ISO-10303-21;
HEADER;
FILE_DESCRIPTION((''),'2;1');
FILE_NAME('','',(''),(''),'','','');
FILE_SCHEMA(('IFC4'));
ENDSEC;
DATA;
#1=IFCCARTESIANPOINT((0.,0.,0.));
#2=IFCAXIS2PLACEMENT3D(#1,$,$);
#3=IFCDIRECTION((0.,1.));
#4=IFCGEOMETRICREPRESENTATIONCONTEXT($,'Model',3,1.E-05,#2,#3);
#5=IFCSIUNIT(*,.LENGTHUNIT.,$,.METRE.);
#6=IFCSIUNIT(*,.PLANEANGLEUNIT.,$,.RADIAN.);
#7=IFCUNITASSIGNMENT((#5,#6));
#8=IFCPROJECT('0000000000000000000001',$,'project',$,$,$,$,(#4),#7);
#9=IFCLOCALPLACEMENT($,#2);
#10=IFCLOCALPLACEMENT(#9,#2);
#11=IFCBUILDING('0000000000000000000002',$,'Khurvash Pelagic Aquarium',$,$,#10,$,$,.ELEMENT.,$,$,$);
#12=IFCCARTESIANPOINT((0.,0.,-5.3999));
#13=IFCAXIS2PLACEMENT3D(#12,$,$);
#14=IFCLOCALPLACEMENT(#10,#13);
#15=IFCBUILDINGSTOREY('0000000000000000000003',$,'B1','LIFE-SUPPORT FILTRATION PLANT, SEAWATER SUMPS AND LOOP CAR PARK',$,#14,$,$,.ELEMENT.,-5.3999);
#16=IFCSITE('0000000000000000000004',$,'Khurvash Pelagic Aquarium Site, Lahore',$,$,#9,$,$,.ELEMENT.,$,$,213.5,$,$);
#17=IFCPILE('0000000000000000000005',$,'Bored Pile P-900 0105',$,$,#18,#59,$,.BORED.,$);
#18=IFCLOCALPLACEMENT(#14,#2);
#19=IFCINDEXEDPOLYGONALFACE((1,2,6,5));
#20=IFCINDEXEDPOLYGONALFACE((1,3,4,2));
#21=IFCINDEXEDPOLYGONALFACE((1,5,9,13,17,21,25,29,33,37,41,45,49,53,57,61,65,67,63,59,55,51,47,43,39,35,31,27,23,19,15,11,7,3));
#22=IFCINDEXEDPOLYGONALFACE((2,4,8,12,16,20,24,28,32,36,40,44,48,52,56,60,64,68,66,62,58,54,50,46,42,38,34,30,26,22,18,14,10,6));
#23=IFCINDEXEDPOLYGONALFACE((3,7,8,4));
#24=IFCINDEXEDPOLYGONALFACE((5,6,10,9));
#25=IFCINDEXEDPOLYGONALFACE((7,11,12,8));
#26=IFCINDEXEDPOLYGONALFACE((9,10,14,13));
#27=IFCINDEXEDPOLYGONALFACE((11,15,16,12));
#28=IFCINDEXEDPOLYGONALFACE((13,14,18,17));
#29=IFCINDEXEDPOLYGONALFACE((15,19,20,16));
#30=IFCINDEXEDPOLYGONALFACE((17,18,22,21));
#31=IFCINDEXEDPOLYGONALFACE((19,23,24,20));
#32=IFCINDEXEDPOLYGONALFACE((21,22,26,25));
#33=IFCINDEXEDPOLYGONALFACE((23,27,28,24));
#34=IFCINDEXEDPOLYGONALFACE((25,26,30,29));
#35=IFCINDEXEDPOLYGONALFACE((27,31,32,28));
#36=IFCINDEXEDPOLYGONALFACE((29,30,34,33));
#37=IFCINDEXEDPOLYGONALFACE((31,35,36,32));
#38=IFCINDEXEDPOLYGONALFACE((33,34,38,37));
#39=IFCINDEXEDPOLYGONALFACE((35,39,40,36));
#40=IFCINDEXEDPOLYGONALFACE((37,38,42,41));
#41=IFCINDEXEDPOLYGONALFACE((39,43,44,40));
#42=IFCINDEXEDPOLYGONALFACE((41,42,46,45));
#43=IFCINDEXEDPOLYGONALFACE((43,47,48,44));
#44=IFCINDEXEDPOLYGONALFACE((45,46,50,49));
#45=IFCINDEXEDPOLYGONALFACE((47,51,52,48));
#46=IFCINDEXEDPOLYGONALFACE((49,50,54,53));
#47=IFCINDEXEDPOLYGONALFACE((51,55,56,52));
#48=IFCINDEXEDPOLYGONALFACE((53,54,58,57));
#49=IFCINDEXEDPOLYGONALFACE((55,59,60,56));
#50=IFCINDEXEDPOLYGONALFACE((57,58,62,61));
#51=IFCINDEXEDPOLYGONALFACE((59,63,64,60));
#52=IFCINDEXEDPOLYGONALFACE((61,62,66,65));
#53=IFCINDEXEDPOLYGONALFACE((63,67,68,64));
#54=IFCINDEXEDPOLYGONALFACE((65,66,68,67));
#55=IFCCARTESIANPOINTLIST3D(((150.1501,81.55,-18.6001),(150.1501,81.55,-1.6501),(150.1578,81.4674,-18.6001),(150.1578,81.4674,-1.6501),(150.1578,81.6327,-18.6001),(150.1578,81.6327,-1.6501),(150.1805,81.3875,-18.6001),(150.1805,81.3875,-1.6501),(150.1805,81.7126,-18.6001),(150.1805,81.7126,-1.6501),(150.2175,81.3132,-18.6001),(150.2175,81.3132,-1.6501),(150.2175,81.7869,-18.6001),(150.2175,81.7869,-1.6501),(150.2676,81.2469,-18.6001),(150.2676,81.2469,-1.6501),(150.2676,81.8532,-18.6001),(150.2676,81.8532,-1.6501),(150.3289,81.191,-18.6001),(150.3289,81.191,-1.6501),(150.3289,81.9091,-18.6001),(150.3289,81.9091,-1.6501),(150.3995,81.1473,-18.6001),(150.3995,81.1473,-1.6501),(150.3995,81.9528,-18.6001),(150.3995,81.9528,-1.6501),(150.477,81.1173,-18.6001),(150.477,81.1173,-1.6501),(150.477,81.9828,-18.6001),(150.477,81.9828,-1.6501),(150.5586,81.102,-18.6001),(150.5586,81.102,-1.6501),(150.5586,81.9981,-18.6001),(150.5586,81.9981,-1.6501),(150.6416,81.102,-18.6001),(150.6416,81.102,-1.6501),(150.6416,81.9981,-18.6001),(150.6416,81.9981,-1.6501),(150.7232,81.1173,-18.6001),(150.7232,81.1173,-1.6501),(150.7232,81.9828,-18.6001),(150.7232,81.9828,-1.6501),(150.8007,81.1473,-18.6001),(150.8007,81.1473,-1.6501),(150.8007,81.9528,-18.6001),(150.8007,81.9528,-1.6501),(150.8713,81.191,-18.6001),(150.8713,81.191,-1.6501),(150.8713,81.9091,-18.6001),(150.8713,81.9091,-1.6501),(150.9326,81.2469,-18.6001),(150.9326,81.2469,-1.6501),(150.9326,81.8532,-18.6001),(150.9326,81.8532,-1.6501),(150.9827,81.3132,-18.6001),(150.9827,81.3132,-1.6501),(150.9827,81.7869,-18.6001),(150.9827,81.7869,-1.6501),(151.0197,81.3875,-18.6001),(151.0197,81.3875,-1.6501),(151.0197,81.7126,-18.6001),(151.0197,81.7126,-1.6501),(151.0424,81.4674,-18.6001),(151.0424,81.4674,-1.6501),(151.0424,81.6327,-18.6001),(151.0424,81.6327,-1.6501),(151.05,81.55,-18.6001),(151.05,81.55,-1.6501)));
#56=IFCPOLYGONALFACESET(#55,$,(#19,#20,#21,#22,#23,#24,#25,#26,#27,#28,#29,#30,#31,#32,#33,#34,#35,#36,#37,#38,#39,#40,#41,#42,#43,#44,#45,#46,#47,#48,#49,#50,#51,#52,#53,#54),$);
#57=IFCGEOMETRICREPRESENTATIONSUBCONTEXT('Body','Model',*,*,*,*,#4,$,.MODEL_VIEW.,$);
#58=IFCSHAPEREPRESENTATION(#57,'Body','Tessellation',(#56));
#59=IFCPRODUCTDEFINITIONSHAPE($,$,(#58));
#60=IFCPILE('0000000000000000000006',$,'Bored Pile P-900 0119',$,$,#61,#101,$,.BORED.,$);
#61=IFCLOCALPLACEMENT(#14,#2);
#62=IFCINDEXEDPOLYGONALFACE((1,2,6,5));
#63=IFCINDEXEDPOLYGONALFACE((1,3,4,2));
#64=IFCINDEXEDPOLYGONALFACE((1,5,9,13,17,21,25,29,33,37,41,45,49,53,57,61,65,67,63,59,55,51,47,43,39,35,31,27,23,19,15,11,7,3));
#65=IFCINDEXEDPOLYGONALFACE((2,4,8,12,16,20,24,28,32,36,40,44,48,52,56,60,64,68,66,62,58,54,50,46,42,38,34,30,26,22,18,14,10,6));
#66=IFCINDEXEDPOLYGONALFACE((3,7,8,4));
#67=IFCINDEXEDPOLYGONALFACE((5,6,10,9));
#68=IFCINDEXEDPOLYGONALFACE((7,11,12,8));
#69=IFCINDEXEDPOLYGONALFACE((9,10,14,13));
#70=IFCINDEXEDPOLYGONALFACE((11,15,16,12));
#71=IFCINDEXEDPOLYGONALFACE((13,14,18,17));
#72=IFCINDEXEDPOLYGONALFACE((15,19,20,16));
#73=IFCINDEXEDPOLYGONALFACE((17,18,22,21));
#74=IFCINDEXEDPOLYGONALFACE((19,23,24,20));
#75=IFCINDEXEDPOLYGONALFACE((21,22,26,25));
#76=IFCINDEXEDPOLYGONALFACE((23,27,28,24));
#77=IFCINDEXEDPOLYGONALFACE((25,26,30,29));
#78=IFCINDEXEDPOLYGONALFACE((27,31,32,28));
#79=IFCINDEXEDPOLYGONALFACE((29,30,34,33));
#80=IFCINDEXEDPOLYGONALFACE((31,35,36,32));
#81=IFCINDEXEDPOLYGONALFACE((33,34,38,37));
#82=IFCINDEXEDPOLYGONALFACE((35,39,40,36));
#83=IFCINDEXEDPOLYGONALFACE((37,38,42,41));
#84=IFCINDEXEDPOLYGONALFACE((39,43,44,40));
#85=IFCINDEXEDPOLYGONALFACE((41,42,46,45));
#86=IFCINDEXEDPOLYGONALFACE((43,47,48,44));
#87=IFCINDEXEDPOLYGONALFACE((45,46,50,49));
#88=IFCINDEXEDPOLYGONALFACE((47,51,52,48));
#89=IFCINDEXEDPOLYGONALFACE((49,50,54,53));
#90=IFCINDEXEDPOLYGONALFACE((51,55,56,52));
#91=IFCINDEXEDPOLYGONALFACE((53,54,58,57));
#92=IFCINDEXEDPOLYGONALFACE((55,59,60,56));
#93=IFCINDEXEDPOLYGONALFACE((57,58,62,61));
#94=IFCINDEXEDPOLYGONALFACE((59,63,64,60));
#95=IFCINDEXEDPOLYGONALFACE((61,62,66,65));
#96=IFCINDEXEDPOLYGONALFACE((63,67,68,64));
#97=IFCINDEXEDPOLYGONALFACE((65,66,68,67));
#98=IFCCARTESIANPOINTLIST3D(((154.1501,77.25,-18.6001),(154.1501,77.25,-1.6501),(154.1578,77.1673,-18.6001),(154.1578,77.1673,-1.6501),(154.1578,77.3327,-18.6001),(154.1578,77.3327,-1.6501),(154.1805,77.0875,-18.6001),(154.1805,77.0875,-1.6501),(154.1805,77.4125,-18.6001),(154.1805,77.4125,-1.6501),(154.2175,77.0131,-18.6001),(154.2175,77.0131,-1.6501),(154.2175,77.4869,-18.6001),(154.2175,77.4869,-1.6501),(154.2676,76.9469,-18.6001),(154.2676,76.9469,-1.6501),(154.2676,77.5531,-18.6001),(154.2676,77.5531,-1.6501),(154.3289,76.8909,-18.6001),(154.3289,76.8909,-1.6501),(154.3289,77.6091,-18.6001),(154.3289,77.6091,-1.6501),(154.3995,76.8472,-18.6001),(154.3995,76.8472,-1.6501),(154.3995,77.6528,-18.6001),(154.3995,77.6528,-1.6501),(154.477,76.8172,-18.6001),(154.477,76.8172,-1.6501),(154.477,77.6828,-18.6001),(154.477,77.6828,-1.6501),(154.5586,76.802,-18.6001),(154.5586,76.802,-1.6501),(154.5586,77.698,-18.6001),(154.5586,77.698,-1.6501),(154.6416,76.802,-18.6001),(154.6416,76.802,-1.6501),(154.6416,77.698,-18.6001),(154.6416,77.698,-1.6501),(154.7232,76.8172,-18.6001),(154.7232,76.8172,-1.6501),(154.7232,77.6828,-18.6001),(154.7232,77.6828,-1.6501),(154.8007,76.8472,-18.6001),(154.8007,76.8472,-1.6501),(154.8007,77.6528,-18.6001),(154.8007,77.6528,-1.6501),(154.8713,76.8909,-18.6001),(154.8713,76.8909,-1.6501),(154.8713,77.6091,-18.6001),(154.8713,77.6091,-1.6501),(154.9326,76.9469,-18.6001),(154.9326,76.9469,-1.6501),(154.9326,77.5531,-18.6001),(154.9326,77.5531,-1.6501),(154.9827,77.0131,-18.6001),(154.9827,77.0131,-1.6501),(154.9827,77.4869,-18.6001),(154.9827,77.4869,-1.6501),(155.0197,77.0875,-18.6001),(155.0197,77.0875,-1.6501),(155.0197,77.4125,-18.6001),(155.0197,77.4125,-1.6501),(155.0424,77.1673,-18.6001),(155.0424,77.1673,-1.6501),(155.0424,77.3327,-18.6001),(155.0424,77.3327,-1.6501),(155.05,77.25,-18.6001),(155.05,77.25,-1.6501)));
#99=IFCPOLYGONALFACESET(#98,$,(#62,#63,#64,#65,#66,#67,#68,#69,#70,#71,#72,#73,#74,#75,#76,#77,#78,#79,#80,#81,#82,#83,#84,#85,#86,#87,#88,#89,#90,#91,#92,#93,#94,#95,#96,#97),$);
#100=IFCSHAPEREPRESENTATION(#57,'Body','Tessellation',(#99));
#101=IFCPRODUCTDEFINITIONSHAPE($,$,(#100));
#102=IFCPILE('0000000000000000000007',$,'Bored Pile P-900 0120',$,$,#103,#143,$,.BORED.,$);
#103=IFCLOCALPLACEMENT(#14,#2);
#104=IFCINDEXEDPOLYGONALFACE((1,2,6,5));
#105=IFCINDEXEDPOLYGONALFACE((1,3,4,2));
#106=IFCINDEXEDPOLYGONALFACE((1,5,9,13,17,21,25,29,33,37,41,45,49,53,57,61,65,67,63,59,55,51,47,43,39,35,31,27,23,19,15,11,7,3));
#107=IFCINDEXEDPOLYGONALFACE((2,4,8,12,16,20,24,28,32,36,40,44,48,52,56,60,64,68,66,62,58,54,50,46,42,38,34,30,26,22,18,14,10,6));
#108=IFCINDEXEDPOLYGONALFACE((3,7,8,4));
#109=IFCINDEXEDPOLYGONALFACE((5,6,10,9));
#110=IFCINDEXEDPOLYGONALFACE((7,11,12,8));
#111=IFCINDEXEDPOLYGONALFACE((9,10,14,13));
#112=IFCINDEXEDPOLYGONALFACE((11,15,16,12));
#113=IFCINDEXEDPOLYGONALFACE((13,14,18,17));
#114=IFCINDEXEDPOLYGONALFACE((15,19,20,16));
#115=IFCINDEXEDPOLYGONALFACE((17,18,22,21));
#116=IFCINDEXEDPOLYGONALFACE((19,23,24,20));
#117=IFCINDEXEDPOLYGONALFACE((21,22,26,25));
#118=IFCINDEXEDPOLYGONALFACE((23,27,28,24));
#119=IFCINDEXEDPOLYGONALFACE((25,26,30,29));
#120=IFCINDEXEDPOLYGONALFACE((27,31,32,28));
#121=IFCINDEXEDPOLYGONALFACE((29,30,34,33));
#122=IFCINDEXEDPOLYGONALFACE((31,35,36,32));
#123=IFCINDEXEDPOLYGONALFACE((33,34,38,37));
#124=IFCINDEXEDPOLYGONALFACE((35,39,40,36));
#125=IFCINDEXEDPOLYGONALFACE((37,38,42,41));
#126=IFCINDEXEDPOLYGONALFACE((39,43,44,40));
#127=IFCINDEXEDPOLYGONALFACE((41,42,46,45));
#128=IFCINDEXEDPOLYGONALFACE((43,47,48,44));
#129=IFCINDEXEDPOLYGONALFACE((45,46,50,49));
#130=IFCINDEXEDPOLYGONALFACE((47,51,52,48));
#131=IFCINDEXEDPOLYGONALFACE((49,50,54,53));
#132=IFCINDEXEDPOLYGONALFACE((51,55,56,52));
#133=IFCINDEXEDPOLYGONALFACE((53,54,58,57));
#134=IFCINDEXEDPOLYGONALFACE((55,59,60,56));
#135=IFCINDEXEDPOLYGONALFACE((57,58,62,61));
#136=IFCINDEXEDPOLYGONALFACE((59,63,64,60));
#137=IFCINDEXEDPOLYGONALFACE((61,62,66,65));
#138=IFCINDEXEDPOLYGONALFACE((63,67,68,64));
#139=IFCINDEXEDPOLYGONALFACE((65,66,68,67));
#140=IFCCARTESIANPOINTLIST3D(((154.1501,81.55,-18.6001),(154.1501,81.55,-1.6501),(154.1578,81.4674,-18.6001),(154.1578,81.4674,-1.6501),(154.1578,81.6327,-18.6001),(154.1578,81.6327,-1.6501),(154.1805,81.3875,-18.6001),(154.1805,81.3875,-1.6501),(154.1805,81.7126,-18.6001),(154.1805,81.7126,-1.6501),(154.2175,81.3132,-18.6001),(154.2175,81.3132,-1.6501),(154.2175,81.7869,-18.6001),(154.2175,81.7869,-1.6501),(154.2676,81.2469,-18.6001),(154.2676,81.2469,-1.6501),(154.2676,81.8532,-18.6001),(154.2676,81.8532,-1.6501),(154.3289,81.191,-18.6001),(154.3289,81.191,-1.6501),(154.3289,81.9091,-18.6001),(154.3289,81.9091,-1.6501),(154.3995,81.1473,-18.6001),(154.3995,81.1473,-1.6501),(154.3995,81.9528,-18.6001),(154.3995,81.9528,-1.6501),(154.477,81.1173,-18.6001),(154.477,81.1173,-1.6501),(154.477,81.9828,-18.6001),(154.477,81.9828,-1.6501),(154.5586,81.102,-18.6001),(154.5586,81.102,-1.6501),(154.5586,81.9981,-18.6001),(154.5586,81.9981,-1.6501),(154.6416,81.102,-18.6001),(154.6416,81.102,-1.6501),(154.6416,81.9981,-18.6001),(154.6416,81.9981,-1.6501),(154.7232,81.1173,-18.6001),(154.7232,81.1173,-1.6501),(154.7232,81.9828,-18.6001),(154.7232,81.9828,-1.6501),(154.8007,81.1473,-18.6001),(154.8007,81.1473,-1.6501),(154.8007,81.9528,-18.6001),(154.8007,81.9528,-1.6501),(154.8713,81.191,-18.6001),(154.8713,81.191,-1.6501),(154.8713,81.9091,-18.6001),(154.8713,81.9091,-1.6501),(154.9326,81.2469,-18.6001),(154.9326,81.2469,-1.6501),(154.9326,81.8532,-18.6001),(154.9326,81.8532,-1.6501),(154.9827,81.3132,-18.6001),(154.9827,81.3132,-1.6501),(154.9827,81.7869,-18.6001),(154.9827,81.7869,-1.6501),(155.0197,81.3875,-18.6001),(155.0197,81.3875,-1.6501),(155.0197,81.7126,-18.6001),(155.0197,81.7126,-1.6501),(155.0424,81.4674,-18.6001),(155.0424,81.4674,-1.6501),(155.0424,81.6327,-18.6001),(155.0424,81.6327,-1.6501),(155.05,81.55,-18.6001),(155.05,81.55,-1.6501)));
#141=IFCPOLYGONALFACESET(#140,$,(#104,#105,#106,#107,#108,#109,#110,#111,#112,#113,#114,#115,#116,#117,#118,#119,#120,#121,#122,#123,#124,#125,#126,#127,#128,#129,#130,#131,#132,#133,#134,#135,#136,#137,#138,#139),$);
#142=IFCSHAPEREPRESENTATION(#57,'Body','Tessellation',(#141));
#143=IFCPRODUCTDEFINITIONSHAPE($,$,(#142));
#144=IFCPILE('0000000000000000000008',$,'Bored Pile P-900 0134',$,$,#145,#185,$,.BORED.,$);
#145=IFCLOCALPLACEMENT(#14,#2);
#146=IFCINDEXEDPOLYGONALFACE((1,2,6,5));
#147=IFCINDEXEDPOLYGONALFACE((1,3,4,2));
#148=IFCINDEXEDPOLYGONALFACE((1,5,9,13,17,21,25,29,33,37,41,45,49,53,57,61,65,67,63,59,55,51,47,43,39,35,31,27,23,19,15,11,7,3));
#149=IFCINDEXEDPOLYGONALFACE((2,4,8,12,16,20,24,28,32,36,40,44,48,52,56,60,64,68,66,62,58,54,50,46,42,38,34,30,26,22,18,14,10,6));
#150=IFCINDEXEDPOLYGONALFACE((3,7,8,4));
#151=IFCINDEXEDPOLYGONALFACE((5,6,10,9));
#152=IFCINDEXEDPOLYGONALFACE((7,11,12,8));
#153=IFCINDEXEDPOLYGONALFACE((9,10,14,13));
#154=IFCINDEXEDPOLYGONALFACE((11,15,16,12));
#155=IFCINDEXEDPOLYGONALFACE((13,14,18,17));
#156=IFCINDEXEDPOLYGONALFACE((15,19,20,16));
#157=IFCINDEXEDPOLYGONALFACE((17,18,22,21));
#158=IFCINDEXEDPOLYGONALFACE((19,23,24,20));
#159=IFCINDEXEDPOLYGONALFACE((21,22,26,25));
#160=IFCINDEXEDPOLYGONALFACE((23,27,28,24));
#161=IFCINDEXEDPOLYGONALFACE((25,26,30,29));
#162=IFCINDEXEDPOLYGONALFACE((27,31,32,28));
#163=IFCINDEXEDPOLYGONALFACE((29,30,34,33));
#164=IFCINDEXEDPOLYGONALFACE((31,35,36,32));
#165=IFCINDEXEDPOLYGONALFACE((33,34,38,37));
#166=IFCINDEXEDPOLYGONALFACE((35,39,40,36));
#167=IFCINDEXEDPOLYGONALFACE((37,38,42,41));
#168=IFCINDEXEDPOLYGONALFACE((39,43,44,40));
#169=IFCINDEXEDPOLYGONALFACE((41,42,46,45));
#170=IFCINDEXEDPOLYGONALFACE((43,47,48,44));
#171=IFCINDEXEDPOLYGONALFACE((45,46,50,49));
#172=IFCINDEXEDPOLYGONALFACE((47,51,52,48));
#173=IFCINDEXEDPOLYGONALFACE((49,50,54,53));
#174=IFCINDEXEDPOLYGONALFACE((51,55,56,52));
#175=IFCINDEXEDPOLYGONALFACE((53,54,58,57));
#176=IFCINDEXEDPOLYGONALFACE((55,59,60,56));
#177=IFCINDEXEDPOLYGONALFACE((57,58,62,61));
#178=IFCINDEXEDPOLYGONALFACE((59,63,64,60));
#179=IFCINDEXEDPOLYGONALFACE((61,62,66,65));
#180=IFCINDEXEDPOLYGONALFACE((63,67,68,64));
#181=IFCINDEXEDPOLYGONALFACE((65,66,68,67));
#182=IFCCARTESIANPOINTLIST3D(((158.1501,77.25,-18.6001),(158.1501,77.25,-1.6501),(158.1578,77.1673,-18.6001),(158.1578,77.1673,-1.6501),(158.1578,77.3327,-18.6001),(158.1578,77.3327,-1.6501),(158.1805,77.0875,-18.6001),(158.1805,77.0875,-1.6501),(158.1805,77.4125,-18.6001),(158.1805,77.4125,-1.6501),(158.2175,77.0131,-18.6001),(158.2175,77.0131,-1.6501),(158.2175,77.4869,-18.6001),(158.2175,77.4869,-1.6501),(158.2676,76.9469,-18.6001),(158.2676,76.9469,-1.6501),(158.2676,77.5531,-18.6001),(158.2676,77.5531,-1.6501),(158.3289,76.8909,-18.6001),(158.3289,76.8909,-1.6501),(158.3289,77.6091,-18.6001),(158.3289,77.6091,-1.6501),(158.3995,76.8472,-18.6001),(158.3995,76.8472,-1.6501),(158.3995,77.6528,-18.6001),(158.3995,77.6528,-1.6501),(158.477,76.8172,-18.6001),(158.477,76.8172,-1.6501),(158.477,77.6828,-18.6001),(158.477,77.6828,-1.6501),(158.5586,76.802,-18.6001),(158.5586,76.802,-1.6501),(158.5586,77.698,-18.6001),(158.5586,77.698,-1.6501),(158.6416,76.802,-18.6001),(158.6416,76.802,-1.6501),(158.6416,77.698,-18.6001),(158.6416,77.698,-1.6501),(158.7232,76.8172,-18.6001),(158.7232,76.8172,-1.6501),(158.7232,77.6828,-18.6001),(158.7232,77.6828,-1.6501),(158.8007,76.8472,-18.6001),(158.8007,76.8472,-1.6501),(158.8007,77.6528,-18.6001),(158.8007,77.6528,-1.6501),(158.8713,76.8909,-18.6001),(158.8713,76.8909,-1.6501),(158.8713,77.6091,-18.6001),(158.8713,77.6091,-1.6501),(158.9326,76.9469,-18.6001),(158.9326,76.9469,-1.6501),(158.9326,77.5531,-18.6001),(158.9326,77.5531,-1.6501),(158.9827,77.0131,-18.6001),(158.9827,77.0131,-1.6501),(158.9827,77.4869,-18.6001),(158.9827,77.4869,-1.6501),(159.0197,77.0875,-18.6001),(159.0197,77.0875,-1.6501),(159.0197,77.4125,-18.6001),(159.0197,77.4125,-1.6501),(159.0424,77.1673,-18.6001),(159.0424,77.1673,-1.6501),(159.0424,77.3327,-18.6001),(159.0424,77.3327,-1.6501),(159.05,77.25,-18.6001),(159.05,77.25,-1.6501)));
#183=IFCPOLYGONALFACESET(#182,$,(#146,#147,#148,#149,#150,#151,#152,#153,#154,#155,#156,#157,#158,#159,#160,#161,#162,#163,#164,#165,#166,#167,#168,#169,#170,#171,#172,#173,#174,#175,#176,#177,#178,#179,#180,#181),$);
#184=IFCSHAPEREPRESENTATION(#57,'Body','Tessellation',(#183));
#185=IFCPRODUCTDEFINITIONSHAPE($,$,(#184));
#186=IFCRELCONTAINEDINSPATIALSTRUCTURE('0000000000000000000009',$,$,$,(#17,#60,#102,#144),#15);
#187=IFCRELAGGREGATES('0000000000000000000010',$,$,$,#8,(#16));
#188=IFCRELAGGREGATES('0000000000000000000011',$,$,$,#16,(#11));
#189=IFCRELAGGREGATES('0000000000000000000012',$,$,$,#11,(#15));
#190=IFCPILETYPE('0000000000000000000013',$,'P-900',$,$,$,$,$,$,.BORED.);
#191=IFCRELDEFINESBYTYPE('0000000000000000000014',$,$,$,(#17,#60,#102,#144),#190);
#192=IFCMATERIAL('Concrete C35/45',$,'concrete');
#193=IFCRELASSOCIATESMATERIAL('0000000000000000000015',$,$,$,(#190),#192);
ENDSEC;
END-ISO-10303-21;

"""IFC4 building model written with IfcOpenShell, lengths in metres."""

from ifc_helpers import new_model, si_unit, direction, frame, origin, origin_2d, place, context, subcontext, project, spatial, circle, extrude, material, material_profile, profile_set, type_object, element, save


model = new_model("IFC4")

# Units and contexts
model_context = context("Model", 3, precision=1e-05, world=origin(), true_north=direction((0.0, 1.0)))
body_context = subcontext(model_context, "Body", "Model", "MODEL_VIEW")
ifc_project = project(units=[si_unit("LENGTHUNIT", "METRE"), si_unit("PLANEANGLEUNIT", "RADIAN")], contexts=[model_context])

# Site, building, storey
site_placement = place(None, origin())
site = spatial("IfcSite", under=ifc_project, at=site_placement, Name="Khurvash Pelagic Aquarium Site, Lahore", CompositionType="ELEMENT", RefElevation=213.5)
building_placement = place(site_placement, origin())
building = spatial("IfcBuilding", under=site, at=building_placement, Name="Khurvash Pelagic Aquarium", CompositionType="ELEMENT")
storey_placement = place(building_placement, frame((0.0, 0.0, -5.3999)))
storey = spatial("IfcBuildingStorey", under=building, at=storey_placement, Name="B1", Description="LIFE-SUPPORT FILTRATION PLANT, SEAWATER SUMPS AND LOOP CAR PARK", CompositionType="ELEMENT", Elevation=-5.3999)

# Shared definitions
ifc_material_1 = material(Name="Concrete C35/45", Category="concrete")

# Piles
ifc_material_profile_1 = material_profile(ifc_material_1, circle(Radius=0.45, at=origin_2d()), Name="PILE900")
ifc_profile_set_1 = profile_set([ifc_material_profile_1], Name="Concrete C35/45")
pile_type_1 = type_object("IfcPileType", Name="P-900", PredefinedType="BORED", material=ifc_profile_set_1)
for number, where, z_axis, x_axis, name in (
    (1, (150.6001, 81.55, -1.6501), (0.0, 0.0, -1.0), (1.0, 0.0, 0.0), "Bored Pile P-900 0105"),
    (2, (154.6001, 77.25, -1.6501), (0.0, 0.0, -1.0), (1.0, 0.0, 0.0), "Bored Pile P-900 0119"),
    (3, (154.6001, 81.55, -1.6501), (0.0, 0.0, -1.0), (1.0, 0.0, 0.0), "Bored Pile P-900 0120"),
    (4, (158.6001, 77.25, -1.6501), (0.0, 0.0, -1.0), (1.0, 0.0, 0.0), "Bored Pile P-900 0134"),
):
    element("IfcPile", number, at=place(storey_placement, frame(where, z_axis=z_axis, x_axis=x_axis)), inside=storey, type_object=pile_type_1, Name=name, PredefinedType="BORED", context=body_context, shape_type="SweptSolid", body=[
        extrude(circle(Radius=0.45, at=origin_2d()), origin(), (0.0, 0.0, 1.0), 16.95),
    ])

save(model, "model.ifc")
